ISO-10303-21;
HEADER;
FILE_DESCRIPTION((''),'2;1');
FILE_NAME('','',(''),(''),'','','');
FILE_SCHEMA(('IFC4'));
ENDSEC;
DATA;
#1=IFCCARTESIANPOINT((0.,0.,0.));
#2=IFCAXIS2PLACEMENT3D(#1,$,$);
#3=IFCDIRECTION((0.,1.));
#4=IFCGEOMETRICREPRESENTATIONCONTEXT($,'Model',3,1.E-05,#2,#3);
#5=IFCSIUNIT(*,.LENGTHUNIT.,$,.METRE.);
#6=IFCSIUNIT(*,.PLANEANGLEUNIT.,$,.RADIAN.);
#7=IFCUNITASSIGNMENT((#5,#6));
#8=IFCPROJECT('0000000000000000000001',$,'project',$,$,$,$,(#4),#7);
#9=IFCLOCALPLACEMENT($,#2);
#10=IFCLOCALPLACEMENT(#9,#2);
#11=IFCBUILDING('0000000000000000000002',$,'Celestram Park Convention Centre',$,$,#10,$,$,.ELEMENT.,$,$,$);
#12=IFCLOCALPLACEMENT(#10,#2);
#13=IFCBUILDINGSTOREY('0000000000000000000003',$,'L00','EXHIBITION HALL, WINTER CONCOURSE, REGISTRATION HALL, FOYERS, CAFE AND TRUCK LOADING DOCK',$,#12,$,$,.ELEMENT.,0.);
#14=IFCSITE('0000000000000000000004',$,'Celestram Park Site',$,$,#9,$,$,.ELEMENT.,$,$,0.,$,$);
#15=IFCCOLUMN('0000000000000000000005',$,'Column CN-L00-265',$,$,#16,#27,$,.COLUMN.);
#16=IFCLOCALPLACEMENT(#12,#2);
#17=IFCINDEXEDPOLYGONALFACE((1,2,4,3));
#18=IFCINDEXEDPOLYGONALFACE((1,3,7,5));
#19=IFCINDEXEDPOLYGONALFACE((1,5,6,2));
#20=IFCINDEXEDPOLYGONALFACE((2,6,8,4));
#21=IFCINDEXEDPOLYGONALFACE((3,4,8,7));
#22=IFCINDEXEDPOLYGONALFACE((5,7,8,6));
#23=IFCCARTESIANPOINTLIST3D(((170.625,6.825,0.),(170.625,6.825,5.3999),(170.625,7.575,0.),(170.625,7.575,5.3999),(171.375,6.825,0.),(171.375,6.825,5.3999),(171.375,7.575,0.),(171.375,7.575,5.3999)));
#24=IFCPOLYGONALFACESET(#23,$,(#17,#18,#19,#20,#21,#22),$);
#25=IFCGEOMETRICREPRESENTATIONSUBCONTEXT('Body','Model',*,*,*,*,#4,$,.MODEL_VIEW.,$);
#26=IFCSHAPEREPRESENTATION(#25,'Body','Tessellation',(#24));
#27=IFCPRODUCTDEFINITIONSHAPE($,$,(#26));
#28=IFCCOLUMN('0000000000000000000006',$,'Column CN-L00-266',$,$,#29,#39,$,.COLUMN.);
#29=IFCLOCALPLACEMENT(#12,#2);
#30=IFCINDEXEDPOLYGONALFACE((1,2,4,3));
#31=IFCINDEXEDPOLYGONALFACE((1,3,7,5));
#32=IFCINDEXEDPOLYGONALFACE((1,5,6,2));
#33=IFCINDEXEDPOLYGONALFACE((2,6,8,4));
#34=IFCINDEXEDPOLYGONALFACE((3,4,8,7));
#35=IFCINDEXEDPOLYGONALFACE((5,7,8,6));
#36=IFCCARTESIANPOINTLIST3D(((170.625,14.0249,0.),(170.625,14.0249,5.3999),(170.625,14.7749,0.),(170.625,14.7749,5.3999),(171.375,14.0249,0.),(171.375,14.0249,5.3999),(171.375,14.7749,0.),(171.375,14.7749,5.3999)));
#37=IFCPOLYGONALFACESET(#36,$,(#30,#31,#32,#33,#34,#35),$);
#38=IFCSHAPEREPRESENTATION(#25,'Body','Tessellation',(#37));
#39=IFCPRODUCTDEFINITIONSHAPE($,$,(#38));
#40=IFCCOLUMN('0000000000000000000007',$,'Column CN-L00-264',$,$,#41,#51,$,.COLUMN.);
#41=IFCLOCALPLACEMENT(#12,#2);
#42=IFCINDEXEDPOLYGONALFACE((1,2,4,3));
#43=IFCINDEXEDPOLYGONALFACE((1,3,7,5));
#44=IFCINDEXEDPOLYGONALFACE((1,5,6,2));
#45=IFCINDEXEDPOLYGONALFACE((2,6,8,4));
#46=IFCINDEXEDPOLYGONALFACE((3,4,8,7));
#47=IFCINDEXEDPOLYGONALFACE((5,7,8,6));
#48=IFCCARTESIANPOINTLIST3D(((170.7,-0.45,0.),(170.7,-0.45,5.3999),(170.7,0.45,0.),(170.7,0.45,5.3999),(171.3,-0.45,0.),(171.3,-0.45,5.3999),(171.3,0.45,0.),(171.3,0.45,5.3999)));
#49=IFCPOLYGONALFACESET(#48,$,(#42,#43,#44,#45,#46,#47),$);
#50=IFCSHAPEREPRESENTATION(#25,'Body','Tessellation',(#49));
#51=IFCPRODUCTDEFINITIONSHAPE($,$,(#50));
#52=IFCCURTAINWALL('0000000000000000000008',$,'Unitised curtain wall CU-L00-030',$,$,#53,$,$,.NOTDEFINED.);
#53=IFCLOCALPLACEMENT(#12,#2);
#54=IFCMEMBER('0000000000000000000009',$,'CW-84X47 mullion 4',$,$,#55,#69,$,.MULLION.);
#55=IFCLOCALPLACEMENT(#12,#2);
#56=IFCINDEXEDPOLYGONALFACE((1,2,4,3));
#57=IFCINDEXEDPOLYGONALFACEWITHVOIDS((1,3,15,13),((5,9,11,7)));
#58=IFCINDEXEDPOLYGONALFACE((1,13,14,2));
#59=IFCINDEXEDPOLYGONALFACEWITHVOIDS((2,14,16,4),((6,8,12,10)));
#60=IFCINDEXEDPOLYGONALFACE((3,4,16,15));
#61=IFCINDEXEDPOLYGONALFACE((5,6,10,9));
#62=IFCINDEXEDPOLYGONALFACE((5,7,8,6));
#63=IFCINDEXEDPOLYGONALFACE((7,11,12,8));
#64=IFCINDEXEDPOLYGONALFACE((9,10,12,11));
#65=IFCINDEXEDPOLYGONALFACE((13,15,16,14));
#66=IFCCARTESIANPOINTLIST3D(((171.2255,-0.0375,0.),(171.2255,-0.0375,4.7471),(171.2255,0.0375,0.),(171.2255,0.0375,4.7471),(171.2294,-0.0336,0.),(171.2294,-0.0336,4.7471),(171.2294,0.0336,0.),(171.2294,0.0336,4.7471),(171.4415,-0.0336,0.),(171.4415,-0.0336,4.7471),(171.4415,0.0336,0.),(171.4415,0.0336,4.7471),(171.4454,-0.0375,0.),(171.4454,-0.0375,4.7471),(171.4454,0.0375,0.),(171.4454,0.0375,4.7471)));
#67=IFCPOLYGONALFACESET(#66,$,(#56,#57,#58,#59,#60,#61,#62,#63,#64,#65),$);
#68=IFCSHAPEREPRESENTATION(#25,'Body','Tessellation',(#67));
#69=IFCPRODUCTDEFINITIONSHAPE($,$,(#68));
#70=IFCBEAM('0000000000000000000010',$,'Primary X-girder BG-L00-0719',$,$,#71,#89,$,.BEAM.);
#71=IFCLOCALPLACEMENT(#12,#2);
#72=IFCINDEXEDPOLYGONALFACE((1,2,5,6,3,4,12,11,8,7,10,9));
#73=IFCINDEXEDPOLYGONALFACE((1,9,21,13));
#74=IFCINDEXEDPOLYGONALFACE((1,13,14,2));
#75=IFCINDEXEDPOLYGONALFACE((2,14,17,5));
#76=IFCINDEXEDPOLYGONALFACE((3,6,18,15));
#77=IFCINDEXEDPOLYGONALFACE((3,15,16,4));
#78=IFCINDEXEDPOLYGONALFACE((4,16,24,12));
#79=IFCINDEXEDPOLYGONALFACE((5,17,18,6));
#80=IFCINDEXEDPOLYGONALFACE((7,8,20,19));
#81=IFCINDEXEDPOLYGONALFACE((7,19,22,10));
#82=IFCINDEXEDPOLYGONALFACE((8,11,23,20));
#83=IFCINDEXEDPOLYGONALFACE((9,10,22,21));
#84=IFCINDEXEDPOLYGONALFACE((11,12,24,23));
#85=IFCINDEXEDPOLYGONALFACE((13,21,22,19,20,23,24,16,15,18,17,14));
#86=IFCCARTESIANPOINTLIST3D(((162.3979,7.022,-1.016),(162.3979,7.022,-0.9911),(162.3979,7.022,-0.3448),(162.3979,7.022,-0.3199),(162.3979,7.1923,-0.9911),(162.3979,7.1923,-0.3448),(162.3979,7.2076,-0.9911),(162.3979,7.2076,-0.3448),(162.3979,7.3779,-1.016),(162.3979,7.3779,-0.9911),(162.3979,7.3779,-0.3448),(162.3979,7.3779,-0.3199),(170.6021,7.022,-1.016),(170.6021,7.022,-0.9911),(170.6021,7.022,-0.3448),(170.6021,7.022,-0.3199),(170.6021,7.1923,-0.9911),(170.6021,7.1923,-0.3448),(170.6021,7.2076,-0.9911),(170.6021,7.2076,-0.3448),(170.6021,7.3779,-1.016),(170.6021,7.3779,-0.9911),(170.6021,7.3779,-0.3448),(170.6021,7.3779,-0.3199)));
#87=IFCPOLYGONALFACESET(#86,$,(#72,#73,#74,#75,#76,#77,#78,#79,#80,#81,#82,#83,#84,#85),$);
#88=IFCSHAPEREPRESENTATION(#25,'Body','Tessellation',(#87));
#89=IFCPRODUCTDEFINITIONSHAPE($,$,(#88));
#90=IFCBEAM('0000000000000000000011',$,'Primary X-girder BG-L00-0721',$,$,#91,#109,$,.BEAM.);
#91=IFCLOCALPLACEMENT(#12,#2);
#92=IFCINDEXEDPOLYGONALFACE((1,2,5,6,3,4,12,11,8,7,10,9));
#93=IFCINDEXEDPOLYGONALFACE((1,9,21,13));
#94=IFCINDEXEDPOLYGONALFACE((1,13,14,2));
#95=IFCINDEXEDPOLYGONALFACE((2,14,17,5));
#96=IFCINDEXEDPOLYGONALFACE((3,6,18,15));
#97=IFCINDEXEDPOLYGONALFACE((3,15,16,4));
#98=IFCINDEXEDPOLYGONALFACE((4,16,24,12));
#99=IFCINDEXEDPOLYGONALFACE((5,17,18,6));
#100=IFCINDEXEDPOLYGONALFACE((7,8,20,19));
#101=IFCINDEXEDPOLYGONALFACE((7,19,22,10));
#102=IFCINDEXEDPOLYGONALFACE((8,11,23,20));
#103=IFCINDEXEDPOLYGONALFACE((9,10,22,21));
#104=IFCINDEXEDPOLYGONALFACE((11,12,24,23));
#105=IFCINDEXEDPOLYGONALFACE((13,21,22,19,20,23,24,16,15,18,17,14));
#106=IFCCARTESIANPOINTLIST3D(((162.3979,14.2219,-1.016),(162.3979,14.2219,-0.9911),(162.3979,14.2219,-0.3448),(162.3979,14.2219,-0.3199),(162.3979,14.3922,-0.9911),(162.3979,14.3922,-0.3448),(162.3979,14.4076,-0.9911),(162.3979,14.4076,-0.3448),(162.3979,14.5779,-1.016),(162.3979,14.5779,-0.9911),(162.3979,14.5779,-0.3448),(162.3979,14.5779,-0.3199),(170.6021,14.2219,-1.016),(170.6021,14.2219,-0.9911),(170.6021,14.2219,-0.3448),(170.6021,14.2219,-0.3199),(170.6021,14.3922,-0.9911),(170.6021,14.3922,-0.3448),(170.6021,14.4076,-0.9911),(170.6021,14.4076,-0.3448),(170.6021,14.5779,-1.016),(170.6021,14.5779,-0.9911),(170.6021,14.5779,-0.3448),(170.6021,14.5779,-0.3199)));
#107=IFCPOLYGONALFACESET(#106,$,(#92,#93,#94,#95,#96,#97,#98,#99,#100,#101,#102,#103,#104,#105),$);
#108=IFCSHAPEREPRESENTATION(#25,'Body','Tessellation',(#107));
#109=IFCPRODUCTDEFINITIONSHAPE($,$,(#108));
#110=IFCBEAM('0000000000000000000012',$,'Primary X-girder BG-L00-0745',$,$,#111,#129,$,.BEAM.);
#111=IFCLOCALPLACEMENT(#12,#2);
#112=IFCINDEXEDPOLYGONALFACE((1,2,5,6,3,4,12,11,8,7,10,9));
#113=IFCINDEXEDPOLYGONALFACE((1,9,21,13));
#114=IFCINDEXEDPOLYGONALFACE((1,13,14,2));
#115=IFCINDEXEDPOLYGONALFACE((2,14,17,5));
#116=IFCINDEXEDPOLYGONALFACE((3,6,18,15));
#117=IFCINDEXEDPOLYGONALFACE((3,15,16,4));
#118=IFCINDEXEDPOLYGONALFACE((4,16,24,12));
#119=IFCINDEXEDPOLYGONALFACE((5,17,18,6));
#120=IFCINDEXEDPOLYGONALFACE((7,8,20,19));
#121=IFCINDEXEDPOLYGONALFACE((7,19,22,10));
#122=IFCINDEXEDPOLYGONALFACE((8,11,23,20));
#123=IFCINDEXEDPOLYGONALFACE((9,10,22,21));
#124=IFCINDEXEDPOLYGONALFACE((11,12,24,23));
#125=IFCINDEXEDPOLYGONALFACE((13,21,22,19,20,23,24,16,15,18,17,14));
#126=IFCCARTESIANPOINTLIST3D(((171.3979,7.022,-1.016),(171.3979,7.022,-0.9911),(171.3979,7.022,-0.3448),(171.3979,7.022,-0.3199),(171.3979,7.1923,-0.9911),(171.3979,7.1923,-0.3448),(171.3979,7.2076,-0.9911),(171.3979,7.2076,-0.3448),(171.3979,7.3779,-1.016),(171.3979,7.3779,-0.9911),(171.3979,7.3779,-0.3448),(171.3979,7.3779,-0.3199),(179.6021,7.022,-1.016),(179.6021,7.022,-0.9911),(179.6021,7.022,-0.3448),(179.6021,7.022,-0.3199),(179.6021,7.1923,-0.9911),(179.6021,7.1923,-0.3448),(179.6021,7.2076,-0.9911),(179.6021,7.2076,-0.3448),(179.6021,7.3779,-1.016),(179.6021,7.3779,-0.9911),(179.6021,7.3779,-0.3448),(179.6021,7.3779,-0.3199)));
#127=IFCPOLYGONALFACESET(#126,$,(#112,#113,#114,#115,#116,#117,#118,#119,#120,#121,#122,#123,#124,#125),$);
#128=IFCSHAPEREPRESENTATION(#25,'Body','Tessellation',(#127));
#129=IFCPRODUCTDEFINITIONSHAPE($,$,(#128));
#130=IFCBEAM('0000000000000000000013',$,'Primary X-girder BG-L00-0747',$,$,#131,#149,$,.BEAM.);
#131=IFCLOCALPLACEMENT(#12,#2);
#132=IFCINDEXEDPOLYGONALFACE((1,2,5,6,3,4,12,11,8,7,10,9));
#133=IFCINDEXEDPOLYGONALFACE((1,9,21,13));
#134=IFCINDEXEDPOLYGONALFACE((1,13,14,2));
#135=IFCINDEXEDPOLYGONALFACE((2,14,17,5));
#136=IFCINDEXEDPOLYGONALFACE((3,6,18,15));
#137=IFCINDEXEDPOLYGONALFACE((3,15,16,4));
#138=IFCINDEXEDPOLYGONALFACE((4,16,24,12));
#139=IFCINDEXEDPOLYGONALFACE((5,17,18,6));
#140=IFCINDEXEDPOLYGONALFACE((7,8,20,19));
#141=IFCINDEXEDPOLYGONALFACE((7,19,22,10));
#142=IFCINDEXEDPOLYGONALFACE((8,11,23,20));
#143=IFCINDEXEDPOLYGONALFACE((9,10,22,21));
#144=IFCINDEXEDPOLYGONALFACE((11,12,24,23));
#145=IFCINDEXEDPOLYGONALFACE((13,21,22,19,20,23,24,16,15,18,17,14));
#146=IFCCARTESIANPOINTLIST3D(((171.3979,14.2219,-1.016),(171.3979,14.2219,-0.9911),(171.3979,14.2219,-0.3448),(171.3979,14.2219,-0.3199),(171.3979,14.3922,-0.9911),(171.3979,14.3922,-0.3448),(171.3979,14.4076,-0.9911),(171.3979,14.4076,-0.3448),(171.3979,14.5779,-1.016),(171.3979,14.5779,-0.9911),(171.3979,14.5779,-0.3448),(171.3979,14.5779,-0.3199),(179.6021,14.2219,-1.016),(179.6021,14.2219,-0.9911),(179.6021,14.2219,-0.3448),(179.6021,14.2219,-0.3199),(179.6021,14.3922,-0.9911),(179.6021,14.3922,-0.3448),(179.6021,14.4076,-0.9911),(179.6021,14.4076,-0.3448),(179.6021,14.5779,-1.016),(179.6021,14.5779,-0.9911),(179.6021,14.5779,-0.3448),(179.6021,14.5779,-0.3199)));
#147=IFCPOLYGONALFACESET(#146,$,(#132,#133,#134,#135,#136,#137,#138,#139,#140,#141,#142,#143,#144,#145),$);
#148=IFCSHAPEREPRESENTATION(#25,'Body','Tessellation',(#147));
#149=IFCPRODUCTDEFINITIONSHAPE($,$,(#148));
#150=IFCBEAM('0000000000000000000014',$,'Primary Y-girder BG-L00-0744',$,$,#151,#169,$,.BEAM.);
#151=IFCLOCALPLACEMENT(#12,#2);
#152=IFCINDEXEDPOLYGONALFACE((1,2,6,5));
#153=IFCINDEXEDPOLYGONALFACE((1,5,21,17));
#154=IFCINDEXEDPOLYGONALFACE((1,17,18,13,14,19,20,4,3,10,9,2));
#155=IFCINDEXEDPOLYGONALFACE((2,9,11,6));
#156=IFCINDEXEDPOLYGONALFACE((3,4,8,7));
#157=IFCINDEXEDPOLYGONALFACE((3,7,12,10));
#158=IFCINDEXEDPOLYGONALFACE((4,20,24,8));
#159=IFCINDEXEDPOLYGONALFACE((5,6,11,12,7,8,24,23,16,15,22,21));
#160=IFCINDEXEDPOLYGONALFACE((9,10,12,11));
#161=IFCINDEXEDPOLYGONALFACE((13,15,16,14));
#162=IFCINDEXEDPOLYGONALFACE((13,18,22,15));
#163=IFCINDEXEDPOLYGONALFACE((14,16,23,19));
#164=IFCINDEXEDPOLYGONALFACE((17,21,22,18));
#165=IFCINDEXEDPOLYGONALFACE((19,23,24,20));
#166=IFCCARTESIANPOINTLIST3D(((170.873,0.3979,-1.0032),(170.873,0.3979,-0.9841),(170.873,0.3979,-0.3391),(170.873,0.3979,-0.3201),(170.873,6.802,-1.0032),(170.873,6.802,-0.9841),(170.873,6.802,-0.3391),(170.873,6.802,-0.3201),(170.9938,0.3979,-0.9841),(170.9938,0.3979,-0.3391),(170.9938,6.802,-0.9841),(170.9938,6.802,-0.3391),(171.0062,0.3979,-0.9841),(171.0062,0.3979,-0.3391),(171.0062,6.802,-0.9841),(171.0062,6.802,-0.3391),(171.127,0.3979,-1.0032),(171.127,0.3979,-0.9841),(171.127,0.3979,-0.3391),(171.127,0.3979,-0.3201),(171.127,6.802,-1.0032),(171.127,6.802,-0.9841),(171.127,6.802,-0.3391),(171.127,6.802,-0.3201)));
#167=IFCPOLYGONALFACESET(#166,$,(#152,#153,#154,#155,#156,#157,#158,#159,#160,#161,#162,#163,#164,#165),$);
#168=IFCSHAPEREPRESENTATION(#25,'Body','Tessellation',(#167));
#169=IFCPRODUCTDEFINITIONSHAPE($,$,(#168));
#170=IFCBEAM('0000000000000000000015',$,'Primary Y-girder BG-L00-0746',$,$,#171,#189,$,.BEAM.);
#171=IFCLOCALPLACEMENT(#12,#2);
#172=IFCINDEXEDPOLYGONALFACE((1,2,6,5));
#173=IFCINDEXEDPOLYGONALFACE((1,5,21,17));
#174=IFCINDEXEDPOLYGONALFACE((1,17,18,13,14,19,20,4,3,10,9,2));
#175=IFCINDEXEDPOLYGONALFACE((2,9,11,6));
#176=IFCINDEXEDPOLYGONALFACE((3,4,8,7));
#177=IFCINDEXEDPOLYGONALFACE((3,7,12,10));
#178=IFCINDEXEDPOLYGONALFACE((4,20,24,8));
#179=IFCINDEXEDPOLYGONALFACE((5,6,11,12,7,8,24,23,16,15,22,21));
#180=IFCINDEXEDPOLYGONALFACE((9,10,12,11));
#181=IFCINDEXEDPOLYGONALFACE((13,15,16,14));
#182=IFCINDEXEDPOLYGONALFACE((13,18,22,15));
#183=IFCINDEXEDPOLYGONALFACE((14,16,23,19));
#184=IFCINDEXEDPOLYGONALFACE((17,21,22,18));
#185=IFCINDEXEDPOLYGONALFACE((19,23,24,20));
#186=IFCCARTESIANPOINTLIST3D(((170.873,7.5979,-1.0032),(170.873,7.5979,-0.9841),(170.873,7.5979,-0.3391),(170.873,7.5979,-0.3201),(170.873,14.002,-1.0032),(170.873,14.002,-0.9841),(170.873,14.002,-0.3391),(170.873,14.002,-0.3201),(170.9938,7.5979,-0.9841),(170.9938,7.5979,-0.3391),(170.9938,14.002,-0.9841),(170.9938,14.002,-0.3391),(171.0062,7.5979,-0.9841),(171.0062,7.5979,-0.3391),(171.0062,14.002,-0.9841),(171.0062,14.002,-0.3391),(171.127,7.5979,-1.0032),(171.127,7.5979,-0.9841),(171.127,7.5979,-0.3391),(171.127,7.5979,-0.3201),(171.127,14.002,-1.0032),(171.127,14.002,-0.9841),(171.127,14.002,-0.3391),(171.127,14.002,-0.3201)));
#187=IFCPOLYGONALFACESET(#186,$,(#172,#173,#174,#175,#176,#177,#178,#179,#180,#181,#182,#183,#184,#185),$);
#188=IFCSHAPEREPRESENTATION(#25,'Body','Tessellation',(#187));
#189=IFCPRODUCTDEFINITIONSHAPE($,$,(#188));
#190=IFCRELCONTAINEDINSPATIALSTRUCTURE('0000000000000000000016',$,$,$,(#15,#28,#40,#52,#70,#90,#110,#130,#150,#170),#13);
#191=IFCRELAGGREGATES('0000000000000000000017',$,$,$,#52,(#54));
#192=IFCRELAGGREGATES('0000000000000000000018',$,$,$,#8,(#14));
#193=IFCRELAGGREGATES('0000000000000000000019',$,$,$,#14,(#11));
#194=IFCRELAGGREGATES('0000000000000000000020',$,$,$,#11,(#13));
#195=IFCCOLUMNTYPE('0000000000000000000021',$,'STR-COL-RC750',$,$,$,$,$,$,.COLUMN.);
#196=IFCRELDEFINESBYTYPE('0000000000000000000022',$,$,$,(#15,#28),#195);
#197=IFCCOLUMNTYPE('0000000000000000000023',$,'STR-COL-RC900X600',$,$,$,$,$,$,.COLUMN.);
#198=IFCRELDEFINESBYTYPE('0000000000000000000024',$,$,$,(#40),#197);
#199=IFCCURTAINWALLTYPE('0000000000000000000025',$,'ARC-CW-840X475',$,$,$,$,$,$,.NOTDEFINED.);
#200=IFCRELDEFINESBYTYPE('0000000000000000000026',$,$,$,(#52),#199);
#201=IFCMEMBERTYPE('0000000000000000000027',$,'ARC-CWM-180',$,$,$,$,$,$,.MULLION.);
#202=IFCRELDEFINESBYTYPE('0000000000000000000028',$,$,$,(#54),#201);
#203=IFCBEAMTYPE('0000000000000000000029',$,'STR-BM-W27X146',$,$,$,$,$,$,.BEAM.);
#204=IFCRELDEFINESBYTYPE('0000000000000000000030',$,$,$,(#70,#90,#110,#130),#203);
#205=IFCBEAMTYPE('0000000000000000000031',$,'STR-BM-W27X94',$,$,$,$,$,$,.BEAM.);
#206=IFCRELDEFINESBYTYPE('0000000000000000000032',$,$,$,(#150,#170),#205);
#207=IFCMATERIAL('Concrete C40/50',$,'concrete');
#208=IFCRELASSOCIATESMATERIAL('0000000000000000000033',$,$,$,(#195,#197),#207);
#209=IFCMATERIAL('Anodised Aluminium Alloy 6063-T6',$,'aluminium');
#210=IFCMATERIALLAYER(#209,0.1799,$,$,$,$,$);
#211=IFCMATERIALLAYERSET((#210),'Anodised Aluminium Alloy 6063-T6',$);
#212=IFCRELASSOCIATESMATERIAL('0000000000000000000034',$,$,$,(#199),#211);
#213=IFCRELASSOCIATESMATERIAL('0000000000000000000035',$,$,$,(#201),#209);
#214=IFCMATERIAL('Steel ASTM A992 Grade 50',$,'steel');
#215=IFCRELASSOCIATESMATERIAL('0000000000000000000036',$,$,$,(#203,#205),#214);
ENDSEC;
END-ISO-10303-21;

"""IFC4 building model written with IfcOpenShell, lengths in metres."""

from ifc_helpers import new_model, si_unit, direction, frame, origin, origin_2d, place, context, subcontext, project, spatial, rectangle, hollow_rectangle, i_section, extrude, material, layer, layer_set, material_profile, profile_set, type_object, element, aggregate, save


model = new_model("IFC4")

# Units and contexts
model_context = context("Model", 3, precision=1e-05, world=origin(), true_north=direction((0.0, 1.0)))
body_context = subcontext(model_context, "Body", "Model", "MODEL_VIEW")
ifc_project = project(units=[si_unit("LENGTHUNIT", "METRE"), si_unit("PLANEANGLEUNIT", "RADIAN")], contexts=[model_context])

# Site, building, storey
site_placement = place(None, origin())
site = spatial("IfcSite", under=ifc_project, at=site_placement, Name="Celestram Park Site", CompositionType="ELEMENT", RefElevation=0.0)
building_placement = place(site_placement, origin())
building = spatial("IfcBuilding", under=site, at=building_placement, Name="Celestram Park Convention Centre", CompositionType="ELEMENT")
storey_placement = place(building_placement, origin())
storey = spatial("IfcBuildingStorey", under=building, at=storey_placement, Name="L00", Description="EXHIBITION HALL, WINTER CONCOURSE, REGISTRATION HALL, FOYERS, CAFE AND TRUCK LOADING DOCK", CompositionType="ELEMENT", Elevation=0.0)

# Columns
ifc_material_1 = material(Name="Concrete C40/50", Category="concrete")
ifc_material_profile_1 = material_profile(ifc_material_1, rectangle(XDim=0.75, YDim=0.75, at=origin_2d()), Name="RC750X750")
ifc_profile_set_1 = profile_set([ifc_material_profile_1], Name="Concrete C40/50")
column_type_1 = type_object("IfcColumnType", Name="STR-COL-RC750", PredefinedType="COLUMN", material=ifc_profile_set_1)
for number, where, z_axis, x_axis, name in (
    (1, (171.0, 7.2, 0.0), (0.0, 0.0, 1.0), (1.0, 0.0, 0.0), "Column CN-L00-265"),
    (2, (171.0, 14.3999, 0.0), (0.0, 0.0, 1.0), (1.0, 0.0, 0.0), "Column CN-L00-266"),
):
    element("IfcColumn", number, at=place(storey_placement, frame(where, z_axis=z_axis, x_axis=x_axis)), inside=storey, type_object=column_type_1, Name=name, PredefinedType="COLUMN", context=body_context, shape_type="SweptSolid", body=[
        extrude(rectangle(XDim=0.75, YDim=0.75, at=origin_2d()), origin(), (0.0, 0.0, 1.0), 5.3999),
    ])
ifc_material_profile_2 = material_profile(ifc_material_1, rectangle(XDim=0.6001, YDim=0.8999, at=origin_2d()), Name="RC900X600")
ifc_profile_set_2 = profile_set([ifc_material_profile_2], Name="Concrete C40/50")
column_type_2 = type_object("IfcColumnType", Name="STR-COL-RC900X600", PredefinedType="COLUMN", material=ifc_profile_set_2)
column_placement = place(storey_placement, frame((171.0, 0.0, 0.0), z_axis=(0.0, 0.0, 1.0), x_axis=(1.0, 0.0, 0.0)))
element("IfcColumn", 3, at=column_placement, inside=storey, type_object=column_type_2, Name="Column CN-L00-264", PredefinedType="COLUMN", context=body_context, shape_type="SweptSolid", body=[
    extrude(rectangle(XDim=0.6001, YDim=0.8999, at=origin_2d()), origin(), (0.0, 0.0, 1.0), 5.3999),
])

# Curtain wall, member
ifc_material_2 = material(Name="Anodised Aluminium Alloy 6063-T6", Category="aluminium")
ifc_layer_1 = layer(ifc_material_2, 0.1799)
ifc_layer_set_1 = layer_set([ifc_layer_1], Name="Anodised Aluminium Alloy 6063-T6")
curtain_wall_type = type_object("IfcCurtainWallType", Name="ARC-CW-840X475", PredefinedType="NOTDEFINED", material=ifc_layer_set_1)
curtain_wall_placement = place(storey_placement, origin())
curtain_wall = element("IfcCurtainWall", 4, at=curtain_wall_placement, inside=storey, type_object=curtain_wall_type, Name="Unitised curtain wall CU-L00-030", PredefinedType="NOTDEFINED")
ifc_material_profile_3 = material_profile(ifc_material_2, hollow_rectangle(XDim=0.075, YDim=0.22, WallThickness=0.0039, at=origin_2d()), Name="ALU75X220X4")
ifc_profile_set_3 = profile_set([ifc_material_profile_3], Name="Anodised Aluminium Alloy 6063-T6")
member_type_1 = type_object("IfcMemberType", Name="ARC-CWM-180", PredefinedType="MULLION", material=ifc_profile_set_3)
member_1_placement = place(storey_placement, frame((171.3354, 0.0, 0.0), z_axis=(0.0, 0.0, 1.0), x_axis=(0.0, -1.0, 0.0)))
member_1 = element("IfcMember", 5, at=member_1_placement, type_object=member_type_1, Name="CW-84X47 mullion 4", PredefinedType="MULLION", context=body_context, shape_type="SweptSolid", body=[
    extrude(hollow_rectangle(XDim=0.075, YDim=0.22, WallThickness=0.0039, at=origin_2d()), origin(), (0.0, 0.0, 1.0), 4.7471),
])

# Beams
ifc_material_3 = material(Name="Steel ASTM A992 Grade 50", Category="steel")
ifc_material_profile_4 = material_profile(ifc_material_3, i_section(OverallWidth=0.356, OverallDepth=0.696, WebThickness=0.0154, FlangeThickness=0.0249, at=origin_2d()), Name="W27X146")
ifc_profile_set_4 = profile_set([ifc_material_profile_4], Name="Steel ASTM A992 Grade 50")
beam_type_1 = type_object("IfcBeamType", Name="STR-BM-W27X146", PredefinedType="BEAM", material=ifc_profile_set_4)
for number, where, z_axis, x_axis, name in (
    (6, (162.3979, 7.2, -0.668), (1.0, 0.0, 0.0), (0.0, 1.0, 0.0), "Primary X-girder BG-L00-0719"),
    (7, (162.3979, 14.3999, -0.668), (1.0, 0.0, 0.0), (0.0, 1.0, 0.0), "Primary X-girder BG-L00-0721"),
    (8, (171.3979, 7.2, -0.668), (1.0, 0.0, 0.0), (0.0, 1.0, 0.0), "Primary X-girder BG-L00-0745"),
    (9, (171.3979, 14.3999, -0.668), (1.0, 0.0, 0.0), (0.0, 1.0, 0.0), "Primary X-girder BG-L00-0747"),
):
    element("IfcBeam", number, at=place(storey_placement, frame(where, z_axis=z_axis, x_axis=x_axis)), inside=storey, type_object=beam_type_1, Name=name, PredefinedType="BEAM", context=body_context, shape_type="SweptSolid", body=[
        extrude(i_section(OverallWidth=0.356, OverallDepth=0.696, WebThickness=0.0154, FlangeThickness=0.0249, at=origin_2d()), origin(), (0.0, 0.0, 1.0), 8.2041),
    ])
ifc_material_profile_5 = material_profile(ifc_material_3, i_section(OverallWidth=0.2539, OverallDepth=0.6831, WebThickness=0.0125, FlangeThickness=0.019, at=origin_2d()), Name="W27X94")
ifc_profile_set_5 = profile_set([ifc_material_profile_5], Name="Steel ASTM A992 Grade 50")
beam_type_2 = type_object("IfcBeamType", Name="STR-BM-W27X94", PredefinedType="BEAM", material=ifc_profile_set_5)
for number, where, z_axis, x_axis, name in (
    (10, (171.0, 0.3979, -0.6616), (0.0, 1.0, 0.0), (-1.0, 0.0, 0.0), "Primary Y-girder BG-L00-0744"),
    (11, (171.0, 7.5979, -0.6616), (0.0, 1.0, 0.0), (-1.0, 0.0, 0.0), "Primary Y-girder BG-L00-0746"),
):
    element("IfcBeam", number, at=place(storey_placement, frame(where, z_axis=z_axis, x_axis=x_axis)), inside=storey, type_object=beam_type_2, Name=name, PredefinedType="BEAM", context=body_context, shape_type="SweptSolid", body=[
        extrude(i_section(OverallWidth=0.2539, OverallDepth=0.6831, WebThickness=0.0125, FlangeThickness=0.019, at=origin_2d()), origin(), (0.0, 0.0, 1.0), 6.4041),
    ])

aggregate(curtain_wall, [member_1])

save(model, "model.ifc")
